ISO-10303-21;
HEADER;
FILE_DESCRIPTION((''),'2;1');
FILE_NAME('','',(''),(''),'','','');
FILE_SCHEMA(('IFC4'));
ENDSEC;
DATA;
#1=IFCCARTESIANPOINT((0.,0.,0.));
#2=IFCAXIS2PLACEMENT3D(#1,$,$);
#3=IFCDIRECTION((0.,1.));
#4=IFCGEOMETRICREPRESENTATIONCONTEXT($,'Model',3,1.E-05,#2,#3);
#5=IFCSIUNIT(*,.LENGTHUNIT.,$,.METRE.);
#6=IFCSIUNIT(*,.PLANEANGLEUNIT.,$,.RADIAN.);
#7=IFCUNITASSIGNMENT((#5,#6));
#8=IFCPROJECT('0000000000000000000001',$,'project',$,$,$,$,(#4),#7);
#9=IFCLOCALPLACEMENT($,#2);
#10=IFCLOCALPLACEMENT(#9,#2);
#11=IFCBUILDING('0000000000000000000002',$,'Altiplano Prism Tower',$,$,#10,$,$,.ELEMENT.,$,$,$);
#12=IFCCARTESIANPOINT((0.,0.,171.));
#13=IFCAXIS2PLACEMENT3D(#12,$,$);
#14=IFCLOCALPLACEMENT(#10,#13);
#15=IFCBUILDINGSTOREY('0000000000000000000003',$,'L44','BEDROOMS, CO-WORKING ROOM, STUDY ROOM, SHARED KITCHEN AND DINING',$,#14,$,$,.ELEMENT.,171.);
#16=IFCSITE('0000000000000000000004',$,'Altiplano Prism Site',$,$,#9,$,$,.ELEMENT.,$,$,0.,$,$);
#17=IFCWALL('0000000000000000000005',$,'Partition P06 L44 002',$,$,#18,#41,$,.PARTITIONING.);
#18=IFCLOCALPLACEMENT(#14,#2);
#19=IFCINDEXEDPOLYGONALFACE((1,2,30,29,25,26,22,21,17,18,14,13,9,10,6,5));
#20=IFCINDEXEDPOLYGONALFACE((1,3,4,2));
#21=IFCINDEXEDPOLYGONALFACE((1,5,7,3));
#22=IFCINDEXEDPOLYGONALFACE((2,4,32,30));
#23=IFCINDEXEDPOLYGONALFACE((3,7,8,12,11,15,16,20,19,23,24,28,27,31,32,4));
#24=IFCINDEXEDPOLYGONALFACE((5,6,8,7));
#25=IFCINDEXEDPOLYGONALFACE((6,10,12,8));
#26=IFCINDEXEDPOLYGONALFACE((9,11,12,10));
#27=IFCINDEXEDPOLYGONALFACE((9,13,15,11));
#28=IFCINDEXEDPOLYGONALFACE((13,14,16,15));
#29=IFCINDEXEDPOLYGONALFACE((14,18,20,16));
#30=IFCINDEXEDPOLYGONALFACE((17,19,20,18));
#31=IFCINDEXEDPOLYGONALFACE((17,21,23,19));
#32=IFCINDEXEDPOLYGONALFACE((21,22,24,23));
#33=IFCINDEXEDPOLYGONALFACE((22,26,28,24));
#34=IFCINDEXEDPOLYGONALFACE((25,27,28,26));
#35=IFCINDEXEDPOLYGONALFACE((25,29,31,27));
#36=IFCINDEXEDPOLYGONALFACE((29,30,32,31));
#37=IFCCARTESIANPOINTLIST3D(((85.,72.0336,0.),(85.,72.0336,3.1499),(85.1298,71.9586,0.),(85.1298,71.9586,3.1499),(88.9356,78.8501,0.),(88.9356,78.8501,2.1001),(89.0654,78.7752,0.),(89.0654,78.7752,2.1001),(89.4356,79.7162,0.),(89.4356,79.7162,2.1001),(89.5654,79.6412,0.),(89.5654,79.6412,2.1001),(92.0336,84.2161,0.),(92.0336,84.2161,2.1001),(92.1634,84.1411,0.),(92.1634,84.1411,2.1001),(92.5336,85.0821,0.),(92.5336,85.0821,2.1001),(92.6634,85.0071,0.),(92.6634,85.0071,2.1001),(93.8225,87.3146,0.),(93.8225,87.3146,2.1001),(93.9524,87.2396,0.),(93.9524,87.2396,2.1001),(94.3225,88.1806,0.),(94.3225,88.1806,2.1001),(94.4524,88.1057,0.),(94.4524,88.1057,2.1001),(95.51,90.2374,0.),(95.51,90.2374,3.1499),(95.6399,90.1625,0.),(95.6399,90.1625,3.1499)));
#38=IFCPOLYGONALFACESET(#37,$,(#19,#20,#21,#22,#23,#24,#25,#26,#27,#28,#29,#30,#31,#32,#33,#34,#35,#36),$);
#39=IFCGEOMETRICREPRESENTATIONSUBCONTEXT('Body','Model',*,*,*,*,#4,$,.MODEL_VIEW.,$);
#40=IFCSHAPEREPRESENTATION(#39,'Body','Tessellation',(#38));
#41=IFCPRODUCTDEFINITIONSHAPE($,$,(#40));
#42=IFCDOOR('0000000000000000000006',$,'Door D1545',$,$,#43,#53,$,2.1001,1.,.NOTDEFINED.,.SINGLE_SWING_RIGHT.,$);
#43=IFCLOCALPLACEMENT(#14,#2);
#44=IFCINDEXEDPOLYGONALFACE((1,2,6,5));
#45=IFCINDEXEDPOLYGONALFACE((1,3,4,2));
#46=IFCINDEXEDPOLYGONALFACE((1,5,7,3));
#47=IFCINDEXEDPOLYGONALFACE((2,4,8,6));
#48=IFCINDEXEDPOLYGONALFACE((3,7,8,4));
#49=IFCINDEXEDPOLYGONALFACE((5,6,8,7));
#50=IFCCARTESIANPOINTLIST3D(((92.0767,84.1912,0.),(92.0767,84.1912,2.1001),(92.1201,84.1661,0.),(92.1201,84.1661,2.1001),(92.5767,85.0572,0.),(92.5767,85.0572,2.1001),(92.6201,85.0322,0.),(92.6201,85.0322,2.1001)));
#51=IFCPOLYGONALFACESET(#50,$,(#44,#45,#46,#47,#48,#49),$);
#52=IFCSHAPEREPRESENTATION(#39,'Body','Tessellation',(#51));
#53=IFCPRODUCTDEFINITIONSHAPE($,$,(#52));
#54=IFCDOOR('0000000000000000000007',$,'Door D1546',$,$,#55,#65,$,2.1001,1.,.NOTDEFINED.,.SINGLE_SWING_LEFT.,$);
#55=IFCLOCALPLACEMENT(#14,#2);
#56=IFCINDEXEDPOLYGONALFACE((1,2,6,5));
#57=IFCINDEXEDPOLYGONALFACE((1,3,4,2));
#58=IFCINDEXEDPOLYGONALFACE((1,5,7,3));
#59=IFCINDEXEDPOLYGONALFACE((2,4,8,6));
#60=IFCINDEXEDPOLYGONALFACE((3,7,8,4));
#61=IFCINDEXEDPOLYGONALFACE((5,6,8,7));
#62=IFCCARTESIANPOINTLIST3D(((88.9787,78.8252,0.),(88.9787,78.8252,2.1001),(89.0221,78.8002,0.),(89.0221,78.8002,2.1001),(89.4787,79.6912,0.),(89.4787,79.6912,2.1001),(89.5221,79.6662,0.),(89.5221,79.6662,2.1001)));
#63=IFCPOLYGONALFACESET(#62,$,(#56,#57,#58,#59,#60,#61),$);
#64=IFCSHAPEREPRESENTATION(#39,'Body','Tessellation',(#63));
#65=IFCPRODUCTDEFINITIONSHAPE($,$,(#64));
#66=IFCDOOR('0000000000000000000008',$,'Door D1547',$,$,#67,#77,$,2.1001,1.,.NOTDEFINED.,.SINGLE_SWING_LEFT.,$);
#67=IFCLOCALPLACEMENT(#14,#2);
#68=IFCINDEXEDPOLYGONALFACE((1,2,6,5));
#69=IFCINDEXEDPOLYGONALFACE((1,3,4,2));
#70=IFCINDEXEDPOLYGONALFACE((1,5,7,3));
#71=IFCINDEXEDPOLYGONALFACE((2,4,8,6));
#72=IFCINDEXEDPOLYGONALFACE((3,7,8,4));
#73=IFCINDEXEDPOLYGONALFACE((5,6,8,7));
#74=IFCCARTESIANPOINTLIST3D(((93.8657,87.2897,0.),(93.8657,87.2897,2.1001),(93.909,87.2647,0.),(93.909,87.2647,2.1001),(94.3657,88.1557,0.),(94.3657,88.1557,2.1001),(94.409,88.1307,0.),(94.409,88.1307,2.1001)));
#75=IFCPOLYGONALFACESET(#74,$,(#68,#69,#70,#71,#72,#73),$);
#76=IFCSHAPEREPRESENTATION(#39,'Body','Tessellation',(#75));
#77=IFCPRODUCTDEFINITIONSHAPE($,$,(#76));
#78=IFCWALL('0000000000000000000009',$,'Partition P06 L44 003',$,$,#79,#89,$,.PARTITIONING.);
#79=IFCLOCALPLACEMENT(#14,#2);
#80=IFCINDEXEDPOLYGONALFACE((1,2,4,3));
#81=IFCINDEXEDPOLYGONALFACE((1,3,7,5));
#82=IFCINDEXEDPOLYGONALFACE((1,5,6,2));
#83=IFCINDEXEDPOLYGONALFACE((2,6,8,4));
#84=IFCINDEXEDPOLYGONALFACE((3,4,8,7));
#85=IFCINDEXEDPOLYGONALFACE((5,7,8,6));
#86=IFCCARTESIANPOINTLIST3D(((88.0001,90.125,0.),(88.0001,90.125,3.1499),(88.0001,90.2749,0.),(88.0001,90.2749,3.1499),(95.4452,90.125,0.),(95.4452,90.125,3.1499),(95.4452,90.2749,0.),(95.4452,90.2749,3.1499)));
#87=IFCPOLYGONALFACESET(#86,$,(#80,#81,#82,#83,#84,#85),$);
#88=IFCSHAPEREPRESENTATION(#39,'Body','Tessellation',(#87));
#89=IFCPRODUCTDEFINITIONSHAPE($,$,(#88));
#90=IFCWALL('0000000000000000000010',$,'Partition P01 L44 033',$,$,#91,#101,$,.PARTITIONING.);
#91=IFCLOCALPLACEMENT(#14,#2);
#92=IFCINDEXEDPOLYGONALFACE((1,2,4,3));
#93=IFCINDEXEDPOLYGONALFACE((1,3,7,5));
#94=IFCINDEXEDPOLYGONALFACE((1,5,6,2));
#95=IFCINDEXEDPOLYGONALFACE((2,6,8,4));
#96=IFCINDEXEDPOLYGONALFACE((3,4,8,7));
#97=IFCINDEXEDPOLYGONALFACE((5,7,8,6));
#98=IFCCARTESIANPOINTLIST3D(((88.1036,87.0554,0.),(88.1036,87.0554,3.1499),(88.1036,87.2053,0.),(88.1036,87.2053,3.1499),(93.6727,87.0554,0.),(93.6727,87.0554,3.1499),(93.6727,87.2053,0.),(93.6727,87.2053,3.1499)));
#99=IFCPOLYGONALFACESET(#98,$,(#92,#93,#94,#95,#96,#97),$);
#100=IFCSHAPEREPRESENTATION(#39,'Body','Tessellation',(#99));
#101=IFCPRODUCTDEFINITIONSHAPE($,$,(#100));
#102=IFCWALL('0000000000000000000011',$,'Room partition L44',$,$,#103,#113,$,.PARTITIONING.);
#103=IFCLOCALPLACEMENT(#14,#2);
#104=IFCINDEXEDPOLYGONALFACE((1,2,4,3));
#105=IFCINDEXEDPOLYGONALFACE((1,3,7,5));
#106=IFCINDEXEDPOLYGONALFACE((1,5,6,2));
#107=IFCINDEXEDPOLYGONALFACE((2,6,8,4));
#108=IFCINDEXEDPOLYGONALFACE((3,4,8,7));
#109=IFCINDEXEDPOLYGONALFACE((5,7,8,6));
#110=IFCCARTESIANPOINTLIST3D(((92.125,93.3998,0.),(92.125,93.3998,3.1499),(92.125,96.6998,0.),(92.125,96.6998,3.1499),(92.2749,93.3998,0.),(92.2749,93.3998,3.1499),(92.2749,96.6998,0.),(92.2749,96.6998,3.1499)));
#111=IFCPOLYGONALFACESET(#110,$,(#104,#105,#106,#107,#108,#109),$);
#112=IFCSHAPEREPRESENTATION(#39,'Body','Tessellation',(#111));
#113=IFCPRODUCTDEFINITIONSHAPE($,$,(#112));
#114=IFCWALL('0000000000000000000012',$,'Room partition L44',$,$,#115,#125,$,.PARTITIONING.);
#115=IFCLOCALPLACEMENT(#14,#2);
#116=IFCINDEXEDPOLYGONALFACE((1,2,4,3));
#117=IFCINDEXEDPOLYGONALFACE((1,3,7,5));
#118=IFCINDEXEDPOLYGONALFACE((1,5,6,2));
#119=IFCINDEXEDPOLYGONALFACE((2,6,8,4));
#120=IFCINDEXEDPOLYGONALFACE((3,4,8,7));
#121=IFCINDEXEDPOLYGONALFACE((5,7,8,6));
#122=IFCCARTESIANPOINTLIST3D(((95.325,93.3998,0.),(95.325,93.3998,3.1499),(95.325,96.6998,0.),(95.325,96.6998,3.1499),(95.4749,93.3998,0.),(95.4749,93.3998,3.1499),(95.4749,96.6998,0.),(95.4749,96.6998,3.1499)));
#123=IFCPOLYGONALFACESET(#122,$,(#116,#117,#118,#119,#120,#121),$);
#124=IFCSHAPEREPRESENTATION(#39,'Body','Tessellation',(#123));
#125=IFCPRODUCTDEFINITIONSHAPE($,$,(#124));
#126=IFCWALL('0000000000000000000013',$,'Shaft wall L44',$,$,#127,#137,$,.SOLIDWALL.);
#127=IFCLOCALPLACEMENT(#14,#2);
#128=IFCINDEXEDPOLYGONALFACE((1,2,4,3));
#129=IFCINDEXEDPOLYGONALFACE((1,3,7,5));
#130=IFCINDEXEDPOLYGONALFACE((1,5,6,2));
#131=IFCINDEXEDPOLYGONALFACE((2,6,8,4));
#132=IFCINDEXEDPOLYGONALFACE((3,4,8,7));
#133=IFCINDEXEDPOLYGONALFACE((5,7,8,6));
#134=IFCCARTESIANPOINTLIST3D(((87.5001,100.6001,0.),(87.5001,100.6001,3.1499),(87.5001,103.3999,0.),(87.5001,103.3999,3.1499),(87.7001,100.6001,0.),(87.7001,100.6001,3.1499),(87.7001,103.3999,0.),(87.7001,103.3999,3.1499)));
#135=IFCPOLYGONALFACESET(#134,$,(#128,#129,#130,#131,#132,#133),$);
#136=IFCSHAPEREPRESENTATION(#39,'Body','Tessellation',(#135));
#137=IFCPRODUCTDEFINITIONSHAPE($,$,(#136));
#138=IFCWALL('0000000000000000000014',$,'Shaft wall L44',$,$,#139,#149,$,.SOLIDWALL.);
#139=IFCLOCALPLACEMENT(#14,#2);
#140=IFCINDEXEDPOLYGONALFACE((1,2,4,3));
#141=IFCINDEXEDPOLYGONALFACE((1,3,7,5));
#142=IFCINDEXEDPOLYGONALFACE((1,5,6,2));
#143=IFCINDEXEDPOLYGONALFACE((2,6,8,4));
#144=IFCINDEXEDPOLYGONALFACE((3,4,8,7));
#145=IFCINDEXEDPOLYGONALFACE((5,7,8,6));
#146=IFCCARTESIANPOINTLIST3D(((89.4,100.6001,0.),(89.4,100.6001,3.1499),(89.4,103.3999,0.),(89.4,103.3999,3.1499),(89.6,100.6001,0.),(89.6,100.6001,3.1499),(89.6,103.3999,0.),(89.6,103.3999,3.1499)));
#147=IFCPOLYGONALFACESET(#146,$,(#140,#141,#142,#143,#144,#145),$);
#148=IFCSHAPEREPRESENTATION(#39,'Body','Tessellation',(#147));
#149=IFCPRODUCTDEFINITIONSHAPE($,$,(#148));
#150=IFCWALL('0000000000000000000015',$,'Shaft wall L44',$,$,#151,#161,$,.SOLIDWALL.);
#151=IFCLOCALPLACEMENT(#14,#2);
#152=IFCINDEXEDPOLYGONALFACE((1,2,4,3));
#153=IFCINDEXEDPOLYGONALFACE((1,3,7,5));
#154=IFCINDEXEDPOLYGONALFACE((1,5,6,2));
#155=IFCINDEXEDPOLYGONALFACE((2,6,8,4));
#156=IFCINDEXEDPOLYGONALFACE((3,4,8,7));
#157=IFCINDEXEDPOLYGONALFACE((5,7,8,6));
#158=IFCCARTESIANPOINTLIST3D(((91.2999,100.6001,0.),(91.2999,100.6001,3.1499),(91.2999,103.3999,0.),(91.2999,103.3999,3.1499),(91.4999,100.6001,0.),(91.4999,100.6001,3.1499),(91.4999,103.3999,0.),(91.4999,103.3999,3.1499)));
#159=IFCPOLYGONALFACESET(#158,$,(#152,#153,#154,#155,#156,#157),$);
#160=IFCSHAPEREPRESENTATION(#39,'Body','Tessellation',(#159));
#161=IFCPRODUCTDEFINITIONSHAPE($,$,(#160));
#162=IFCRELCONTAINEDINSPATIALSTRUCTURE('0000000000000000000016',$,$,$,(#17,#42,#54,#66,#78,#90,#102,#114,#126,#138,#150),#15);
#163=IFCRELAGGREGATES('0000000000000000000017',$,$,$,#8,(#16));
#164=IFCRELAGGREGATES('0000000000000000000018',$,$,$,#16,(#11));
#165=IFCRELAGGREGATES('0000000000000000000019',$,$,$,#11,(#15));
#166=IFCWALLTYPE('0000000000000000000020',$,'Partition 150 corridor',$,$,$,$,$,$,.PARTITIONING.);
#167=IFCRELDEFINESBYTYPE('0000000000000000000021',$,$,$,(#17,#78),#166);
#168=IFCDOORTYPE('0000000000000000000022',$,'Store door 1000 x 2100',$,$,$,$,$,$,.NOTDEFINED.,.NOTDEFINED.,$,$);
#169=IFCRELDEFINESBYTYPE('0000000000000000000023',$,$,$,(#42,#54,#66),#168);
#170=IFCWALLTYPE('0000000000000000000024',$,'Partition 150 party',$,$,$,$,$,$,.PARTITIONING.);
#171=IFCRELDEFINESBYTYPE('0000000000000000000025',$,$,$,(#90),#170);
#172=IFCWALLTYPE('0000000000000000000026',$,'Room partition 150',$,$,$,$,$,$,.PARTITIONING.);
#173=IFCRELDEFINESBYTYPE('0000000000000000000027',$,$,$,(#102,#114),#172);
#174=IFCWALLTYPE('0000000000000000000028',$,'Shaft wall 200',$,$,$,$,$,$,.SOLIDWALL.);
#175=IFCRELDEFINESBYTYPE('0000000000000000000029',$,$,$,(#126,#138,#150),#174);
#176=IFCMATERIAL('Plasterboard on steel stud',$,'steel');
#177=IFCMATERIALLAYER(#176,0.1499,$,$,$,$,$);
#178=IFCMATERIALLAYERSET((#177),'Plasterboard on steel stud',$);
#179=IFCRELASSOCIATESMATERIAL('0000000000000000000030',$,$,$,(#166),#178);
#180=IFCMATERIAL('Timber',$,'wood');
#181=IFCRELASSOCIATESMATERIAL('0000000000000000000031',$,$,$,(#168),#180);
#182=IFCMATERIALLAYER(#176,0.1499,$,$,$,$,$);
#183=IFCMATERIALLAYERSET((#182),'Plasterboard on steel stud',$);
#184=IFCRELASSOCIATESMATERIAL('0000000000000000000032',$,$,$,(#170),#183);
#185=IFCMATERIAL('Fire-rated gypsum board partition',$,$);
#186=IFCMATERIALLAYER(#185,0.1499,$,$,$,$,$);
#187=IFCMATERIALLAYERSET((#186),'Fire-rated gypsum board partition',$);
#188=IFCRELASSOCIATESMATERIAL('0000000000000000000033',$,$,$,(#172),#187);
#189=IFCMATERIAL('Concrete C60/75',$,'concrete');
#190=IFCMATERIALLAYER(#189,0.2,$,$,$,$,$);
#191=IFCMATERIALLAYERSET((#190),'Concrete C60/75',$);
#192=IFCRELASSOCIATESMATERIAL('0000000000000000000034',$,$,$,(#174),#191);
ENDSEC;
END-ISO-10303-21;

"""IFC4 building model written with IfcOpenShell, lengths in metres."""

from ifc_helpers import new_model, si_unit, direction, frame, frame_2d, origin, place, context, subcontext, project, spatial, rectangle, extrude, material, layer, layer_set, type_object, element, fill, save


model = new_model("IFC4")

# Units and contexts
model_context = context("Model", 3, precision=1e-05, world=origin(), true_north=direction((0.0, 1.0)))
body_context = subcontext(model_context, "Body", "Model", "MODEL_VIEW")
ifc_project = project(units=[si_unit("LENGTHUNIT", "METRE"), si_unit("PLANEANGLEUNIT", "RADIAN")], contexts=[model_context])

# Site, building, storey
site_placement = place(None, origin())
site = spatial("IfcSite", under=ifc_project, at=site_placement, Name="Altiplano Prism Site", CompositionType="ELEMENT", RefElevation=0.0)
building_placement = place(site_placement, origin())
building = spatial("IfcBuilding", under=site, at=building_placement, Name="Altiplano Prism Tower", CompositionType="ELEMENT")
storey_placement = place(building_placement, frame((0.0, 0.0, 171.0)))
storey = spatial("IfcBuildingStorey", under=building, at=storey_placement, Name="L44", Description="BEDROOMS, CO-WORKING ROOM, STUDY ROOM, SHARED KITCHEN AND DINING", CompositionType="ELEMENT", Elevation=171.0)

# Wall, openings, doors
ifc_material_1 = material(Name="Plasterboard on steel stud", Category="steel")
ifc_layer_1 = layer(ifc_material_1, 0.1499)
ifc_layer_set_1 = layer_set([ifc_layer_1], Name="Plasterboard on steel stud")
wall_type_1 = type_object("IfcWallType", Name="Partition 150 corridor", PredefinedType="PARTITIONING", material=ifc_layer_set_1)
wall_1_placement = place(storey_placement, frame((95.575, 90.2, 0.0), z_axis=(0.0, 0.0, 1.0), x_axis=(-0.5, -0.866025, 0.0)))
wall_1 = element("IfcWall", 1, at=wall_1_placement, inside=storey, type_object=wall_type_1, Name="Partition P06 L44 002", PredefinedType="PARTITIONING", context=body_context, shape_type="SweptSolid", body=[
    extrude(rectangle(XDim=21.02, YDim=0.1499, at=frame_2d((10.51, 0.0))), origin(), (0.0, 0.0, 1.0), 3.1499),
])
opening_1_placement = place(wall_1_placement, frame((5.9529, 0.0, 0.0)))
opening_1 = element("IfcOpeningElement", 2, at=opening_1_placement, cuts=wall_1, PredefinedType="OPENING", context=body_context, shape_type="SweptSolid", body=[
    extrude(rectangle(XDim=1.0, YDim=2.1001, at=frame_2d((0.5, 1.05))), frame((0.0, 0.0854, 0.0), z_axis=(0.0, -1.0, 0.0), x_axis=(1.0, 0.0, 0.0)), (0.0, 0.0, 1.0), 0.1709),
])
opening_2_placement = place(wall_1_placement, frame((12.1489, 0.0, 0.0)))
opening_2 = element("IfcOpeningElement", 3, at=opening_2_placement, cuts=wall_1, PredefinedType="OPENING", context=body_context, shape_type="SweptSolid", body=[
    extrude(rectangle(XDim=1.0, YDim=2.1001, at=frame_2d((0.5, 1.05))), frame((0.0, 0.0854, 0.0), z_axis=(0.0, -1.0, 0.0), x_axis=(1.0, 0.0, 0.0)), (0.0, 0.0, 1.0), 0.1709),
])
opening_3_placement = place(wall_1_placement, frame((2.375, 0.0, 0.0)))
opening_3 = element("IfcOpeningElement", 4, at=opening_3_placement, cuts=wall_1, PredefinedType="OPENING", context=body_context, shape_type="SweptSolid", body=[
    extrude(rectangle(XDim=1.0, YDim=2.1001, at=frame_2d((0.5, 1.05))), frame((0.0, 0.0854, 0.0), z_axis=(0.0, -1.0, 0.0), x_axis=(1.0, 0.0, 0.0)), (0.0, 0.0, 1.0), 0.1709),
])
ifc_material_2 = material(Name="Timber", Category="wood")
door_type_1 = type_object("IfcDoorType", Name="Store door 1000 x 2100", OperationType="NOTDEFINED", PredefinedType="NOTDEFINED", material=ifc_material_2)
door_1_placement = place(opening_1_placement, origin())
door_1 = element("IfcDoor", 5, at=door_1_placement, inside=storey, type_object=door_type_1, Name="Door D1545", OperationType="SINGLE_SWING_RIGHT", OverallHeight=2.1001, OverallWidth=1.0, PredefinedType="NOTDEFINED", context=body_context, shape_type="SweptSolid", body=[
    extrude(rectangle(XDim=1.0, YDim=2.1001, at=frame_2d((0.5, 1.05))), frame((0.0, 0.0249, 0.0), z_axis=(0.0, -1.0, 0.0), x_axis=(1.0, 0.0, 0.0)), (0.0, 0.0, 1.0), 0.05),
])
fill(opening_1, door_1)
door_2_placement = place(opening_2_placement, origin())
door_2 = element("IfcDoor", 6, at=door_2_placement, inside=storey, type_object=door_type_1, Name="Door D1546", OperationType="SINGLE_SWING_LEFT", OverallHeight=2.1001, OverallWidth=1.0, PredefinedType="NOTDEFINED", context=body_context, shape_type="SweptSolid", body=[
    extrude(rectangle(XDim=1.0, YDim=2.1001, at=frame_2d((0.5, 1.05))), frame((0.0, 0.0249, 0.0), z_axis=(0.0, -1.0, 0.0), x_axis=(1.0, 0.0, 0.0)), (0.0, 0.0, 1.0), 0.05),
])
fill(opening_2, door_2)
door_3_placement = place(opening_3_placement, origin())
door_3 = element("IfcDoor", 7, at=door_3_placement, inside=storey, type_object=door_type_1, Name="Door D1547", OperationType="SINGLE_SWING_LEFT", OverallHeight=2.1001, OverallWidth=1.0, PredefinedType="NOTDEFINED", context=body_context, shape_type="SweptSolid", body=[
    extrude(rectangle(XDim=1.0, YDim=2.1001, at=frame_2d((0.5, 1.05))), frame((0.0, 0.0249, 0.0), z_axis=(0.0, -1.0, 0.0), x_axis=(1.0, 0.0, 0.0)), (0.0, 0.0, 1.0), 0.05),
])
fill(opening_3, door_3)

# Walls
wall_2_placement = place(storey_placement, frame((88.0, 90.2, 0.0), z_axis=(0.0, 0.0, 1.0), x_axis=(1.0, 0.0, 0.0)))
element("IfcWall", 8, at=wall_2_placement, inside=storey, type_object=wall_type_1, Name="Partition P06 L44 003", PredefinedType="PARTITIONING", context=body_context, shape_type="SweptSolid", body=[
    extrude(rectangle(XDim=7.4451, YDim=0.1499, at=frame_2d((3.7227, 0.0))), origin(), (0.0, 0.0, 1.0), 3.1499),
])
ifc_layer_2 = layer(ifc_material_1, 0.1499)
ifc_layer_set_2 = layer_set([ifc_layer_2], Name="Plasterboard on steel stud")
wall_type_2 = type_object("IfcWallType", Name="Partition 150 party", PredefinedType="PARTITIONING", material=ifc_layer_set_2)
wall_3_placement = place(storey_placement, frame((93.6729, 87.1304, 0.0), z_axis=(0.0, 0.0, 1.0), x_axis=(-1.0, 0.0, 0.0)))
element("IfcWall", 9, at=wall_3_placement, inside=storey, type_object=wall_type_2, Name="Partition P01 L44 033", PredefinedType="PARTITIONING", context=body_context, shape_type="SweptSolid", body=[
    extrude(rectangle(XDim=5.5691, YDim=0.1499, at=frame_2d((2.7847, 0.0))), origin(), (0.0, 0.0, 1.0), 3.1499),
])
ifc_material_3 = material(Name="Fire-rated gypsum board partition")
ifc_layer_3 = layer(ifc_material_3, 0.1499)
ifc_layer_set_3 = layer_set([ifc_layer_3], Name="Fire-rated gypsum board partition")
wall_type_3 = type_object("IfcWallType", Name="Room partition 150", PredefinedType="PARTITIONING", material=ifc_layer_set_3)
for number, where, z_axis, x_axis, name in (
    (10, (92.2, 93.3999, 0.0), (0.0, 0.0, 1.0), (0.0, 1.0, 0.0), "Room partition L44"),
    (11, (95.3999, 93.3999, 0.0), (0.0, 0.0, 1.0), (0.0, 1.0, 0.0), "Room partition L44"),
):
    element("IfcWall", number, at=place(storey_placement, frame(where, z_axis=z_axis, x_axis=x_axis)), inside=storey, type_object=wall_type_3, Name=name, PredefinedType="PARTITIONING", context=body_context, shape_type="SweptSolid", body=[
        extrude(rectangle(XDim=3.3, YDim=0.1499, at=frame_2d((1.6499, 0.0))), origin(), (0.0, 0.0, 1.0), 3.1499),
    ])
ifc_material_4 = material(Name="Concrete C60/75", Category="concrete")
ifc_layer_4 = layer(ifc_material_4, 0.2)
ifc_layer_set_4 = layer_set([ifc_layer_4], Name="Concrete C60/75")
wall_type_4 = type_object("IfcWallType", Name="Shaft wall 200", PredefinedType="SOLIDWALL", material=ifc_layer_set_4)
for number, where, z_axis, x_axis, name in (
    (12, (87.6001, 100.6001, 0.0), (0.0, 0.0, 1.0), (0.0, 1.0, 0.0), "Shaft wall L44"),
    (13, (89.5, 100.6001, 0.0), (0.0, 0.0, 1.0), (0.0, 1.0, 0.0), "Shaft wall L44"),
    (14, (91.3999, 100.6001, 0.0), (0.0, 0.0, 1.0), (0.0, 1.0, 0.0), "Shaft wall L44"),
):
    element("IfcWall", number, at=place(storey_placement, frame(where, z_axis=z_axis, x_axis=x_axis)), inside=storey, type_object=wall_type_4, Name=name, PredefinedType="SOLIDWALL", context=body_context, shape_type="SweptSolid", body=[
        extrude(rectangle(XDim=2.7998, YDim=0.2, at=frame_2d((1.3999, 0.0))), origin(), (0.0, 0.0, 1.0), 3.1499),
    ])

save(model, "model.ifc")
